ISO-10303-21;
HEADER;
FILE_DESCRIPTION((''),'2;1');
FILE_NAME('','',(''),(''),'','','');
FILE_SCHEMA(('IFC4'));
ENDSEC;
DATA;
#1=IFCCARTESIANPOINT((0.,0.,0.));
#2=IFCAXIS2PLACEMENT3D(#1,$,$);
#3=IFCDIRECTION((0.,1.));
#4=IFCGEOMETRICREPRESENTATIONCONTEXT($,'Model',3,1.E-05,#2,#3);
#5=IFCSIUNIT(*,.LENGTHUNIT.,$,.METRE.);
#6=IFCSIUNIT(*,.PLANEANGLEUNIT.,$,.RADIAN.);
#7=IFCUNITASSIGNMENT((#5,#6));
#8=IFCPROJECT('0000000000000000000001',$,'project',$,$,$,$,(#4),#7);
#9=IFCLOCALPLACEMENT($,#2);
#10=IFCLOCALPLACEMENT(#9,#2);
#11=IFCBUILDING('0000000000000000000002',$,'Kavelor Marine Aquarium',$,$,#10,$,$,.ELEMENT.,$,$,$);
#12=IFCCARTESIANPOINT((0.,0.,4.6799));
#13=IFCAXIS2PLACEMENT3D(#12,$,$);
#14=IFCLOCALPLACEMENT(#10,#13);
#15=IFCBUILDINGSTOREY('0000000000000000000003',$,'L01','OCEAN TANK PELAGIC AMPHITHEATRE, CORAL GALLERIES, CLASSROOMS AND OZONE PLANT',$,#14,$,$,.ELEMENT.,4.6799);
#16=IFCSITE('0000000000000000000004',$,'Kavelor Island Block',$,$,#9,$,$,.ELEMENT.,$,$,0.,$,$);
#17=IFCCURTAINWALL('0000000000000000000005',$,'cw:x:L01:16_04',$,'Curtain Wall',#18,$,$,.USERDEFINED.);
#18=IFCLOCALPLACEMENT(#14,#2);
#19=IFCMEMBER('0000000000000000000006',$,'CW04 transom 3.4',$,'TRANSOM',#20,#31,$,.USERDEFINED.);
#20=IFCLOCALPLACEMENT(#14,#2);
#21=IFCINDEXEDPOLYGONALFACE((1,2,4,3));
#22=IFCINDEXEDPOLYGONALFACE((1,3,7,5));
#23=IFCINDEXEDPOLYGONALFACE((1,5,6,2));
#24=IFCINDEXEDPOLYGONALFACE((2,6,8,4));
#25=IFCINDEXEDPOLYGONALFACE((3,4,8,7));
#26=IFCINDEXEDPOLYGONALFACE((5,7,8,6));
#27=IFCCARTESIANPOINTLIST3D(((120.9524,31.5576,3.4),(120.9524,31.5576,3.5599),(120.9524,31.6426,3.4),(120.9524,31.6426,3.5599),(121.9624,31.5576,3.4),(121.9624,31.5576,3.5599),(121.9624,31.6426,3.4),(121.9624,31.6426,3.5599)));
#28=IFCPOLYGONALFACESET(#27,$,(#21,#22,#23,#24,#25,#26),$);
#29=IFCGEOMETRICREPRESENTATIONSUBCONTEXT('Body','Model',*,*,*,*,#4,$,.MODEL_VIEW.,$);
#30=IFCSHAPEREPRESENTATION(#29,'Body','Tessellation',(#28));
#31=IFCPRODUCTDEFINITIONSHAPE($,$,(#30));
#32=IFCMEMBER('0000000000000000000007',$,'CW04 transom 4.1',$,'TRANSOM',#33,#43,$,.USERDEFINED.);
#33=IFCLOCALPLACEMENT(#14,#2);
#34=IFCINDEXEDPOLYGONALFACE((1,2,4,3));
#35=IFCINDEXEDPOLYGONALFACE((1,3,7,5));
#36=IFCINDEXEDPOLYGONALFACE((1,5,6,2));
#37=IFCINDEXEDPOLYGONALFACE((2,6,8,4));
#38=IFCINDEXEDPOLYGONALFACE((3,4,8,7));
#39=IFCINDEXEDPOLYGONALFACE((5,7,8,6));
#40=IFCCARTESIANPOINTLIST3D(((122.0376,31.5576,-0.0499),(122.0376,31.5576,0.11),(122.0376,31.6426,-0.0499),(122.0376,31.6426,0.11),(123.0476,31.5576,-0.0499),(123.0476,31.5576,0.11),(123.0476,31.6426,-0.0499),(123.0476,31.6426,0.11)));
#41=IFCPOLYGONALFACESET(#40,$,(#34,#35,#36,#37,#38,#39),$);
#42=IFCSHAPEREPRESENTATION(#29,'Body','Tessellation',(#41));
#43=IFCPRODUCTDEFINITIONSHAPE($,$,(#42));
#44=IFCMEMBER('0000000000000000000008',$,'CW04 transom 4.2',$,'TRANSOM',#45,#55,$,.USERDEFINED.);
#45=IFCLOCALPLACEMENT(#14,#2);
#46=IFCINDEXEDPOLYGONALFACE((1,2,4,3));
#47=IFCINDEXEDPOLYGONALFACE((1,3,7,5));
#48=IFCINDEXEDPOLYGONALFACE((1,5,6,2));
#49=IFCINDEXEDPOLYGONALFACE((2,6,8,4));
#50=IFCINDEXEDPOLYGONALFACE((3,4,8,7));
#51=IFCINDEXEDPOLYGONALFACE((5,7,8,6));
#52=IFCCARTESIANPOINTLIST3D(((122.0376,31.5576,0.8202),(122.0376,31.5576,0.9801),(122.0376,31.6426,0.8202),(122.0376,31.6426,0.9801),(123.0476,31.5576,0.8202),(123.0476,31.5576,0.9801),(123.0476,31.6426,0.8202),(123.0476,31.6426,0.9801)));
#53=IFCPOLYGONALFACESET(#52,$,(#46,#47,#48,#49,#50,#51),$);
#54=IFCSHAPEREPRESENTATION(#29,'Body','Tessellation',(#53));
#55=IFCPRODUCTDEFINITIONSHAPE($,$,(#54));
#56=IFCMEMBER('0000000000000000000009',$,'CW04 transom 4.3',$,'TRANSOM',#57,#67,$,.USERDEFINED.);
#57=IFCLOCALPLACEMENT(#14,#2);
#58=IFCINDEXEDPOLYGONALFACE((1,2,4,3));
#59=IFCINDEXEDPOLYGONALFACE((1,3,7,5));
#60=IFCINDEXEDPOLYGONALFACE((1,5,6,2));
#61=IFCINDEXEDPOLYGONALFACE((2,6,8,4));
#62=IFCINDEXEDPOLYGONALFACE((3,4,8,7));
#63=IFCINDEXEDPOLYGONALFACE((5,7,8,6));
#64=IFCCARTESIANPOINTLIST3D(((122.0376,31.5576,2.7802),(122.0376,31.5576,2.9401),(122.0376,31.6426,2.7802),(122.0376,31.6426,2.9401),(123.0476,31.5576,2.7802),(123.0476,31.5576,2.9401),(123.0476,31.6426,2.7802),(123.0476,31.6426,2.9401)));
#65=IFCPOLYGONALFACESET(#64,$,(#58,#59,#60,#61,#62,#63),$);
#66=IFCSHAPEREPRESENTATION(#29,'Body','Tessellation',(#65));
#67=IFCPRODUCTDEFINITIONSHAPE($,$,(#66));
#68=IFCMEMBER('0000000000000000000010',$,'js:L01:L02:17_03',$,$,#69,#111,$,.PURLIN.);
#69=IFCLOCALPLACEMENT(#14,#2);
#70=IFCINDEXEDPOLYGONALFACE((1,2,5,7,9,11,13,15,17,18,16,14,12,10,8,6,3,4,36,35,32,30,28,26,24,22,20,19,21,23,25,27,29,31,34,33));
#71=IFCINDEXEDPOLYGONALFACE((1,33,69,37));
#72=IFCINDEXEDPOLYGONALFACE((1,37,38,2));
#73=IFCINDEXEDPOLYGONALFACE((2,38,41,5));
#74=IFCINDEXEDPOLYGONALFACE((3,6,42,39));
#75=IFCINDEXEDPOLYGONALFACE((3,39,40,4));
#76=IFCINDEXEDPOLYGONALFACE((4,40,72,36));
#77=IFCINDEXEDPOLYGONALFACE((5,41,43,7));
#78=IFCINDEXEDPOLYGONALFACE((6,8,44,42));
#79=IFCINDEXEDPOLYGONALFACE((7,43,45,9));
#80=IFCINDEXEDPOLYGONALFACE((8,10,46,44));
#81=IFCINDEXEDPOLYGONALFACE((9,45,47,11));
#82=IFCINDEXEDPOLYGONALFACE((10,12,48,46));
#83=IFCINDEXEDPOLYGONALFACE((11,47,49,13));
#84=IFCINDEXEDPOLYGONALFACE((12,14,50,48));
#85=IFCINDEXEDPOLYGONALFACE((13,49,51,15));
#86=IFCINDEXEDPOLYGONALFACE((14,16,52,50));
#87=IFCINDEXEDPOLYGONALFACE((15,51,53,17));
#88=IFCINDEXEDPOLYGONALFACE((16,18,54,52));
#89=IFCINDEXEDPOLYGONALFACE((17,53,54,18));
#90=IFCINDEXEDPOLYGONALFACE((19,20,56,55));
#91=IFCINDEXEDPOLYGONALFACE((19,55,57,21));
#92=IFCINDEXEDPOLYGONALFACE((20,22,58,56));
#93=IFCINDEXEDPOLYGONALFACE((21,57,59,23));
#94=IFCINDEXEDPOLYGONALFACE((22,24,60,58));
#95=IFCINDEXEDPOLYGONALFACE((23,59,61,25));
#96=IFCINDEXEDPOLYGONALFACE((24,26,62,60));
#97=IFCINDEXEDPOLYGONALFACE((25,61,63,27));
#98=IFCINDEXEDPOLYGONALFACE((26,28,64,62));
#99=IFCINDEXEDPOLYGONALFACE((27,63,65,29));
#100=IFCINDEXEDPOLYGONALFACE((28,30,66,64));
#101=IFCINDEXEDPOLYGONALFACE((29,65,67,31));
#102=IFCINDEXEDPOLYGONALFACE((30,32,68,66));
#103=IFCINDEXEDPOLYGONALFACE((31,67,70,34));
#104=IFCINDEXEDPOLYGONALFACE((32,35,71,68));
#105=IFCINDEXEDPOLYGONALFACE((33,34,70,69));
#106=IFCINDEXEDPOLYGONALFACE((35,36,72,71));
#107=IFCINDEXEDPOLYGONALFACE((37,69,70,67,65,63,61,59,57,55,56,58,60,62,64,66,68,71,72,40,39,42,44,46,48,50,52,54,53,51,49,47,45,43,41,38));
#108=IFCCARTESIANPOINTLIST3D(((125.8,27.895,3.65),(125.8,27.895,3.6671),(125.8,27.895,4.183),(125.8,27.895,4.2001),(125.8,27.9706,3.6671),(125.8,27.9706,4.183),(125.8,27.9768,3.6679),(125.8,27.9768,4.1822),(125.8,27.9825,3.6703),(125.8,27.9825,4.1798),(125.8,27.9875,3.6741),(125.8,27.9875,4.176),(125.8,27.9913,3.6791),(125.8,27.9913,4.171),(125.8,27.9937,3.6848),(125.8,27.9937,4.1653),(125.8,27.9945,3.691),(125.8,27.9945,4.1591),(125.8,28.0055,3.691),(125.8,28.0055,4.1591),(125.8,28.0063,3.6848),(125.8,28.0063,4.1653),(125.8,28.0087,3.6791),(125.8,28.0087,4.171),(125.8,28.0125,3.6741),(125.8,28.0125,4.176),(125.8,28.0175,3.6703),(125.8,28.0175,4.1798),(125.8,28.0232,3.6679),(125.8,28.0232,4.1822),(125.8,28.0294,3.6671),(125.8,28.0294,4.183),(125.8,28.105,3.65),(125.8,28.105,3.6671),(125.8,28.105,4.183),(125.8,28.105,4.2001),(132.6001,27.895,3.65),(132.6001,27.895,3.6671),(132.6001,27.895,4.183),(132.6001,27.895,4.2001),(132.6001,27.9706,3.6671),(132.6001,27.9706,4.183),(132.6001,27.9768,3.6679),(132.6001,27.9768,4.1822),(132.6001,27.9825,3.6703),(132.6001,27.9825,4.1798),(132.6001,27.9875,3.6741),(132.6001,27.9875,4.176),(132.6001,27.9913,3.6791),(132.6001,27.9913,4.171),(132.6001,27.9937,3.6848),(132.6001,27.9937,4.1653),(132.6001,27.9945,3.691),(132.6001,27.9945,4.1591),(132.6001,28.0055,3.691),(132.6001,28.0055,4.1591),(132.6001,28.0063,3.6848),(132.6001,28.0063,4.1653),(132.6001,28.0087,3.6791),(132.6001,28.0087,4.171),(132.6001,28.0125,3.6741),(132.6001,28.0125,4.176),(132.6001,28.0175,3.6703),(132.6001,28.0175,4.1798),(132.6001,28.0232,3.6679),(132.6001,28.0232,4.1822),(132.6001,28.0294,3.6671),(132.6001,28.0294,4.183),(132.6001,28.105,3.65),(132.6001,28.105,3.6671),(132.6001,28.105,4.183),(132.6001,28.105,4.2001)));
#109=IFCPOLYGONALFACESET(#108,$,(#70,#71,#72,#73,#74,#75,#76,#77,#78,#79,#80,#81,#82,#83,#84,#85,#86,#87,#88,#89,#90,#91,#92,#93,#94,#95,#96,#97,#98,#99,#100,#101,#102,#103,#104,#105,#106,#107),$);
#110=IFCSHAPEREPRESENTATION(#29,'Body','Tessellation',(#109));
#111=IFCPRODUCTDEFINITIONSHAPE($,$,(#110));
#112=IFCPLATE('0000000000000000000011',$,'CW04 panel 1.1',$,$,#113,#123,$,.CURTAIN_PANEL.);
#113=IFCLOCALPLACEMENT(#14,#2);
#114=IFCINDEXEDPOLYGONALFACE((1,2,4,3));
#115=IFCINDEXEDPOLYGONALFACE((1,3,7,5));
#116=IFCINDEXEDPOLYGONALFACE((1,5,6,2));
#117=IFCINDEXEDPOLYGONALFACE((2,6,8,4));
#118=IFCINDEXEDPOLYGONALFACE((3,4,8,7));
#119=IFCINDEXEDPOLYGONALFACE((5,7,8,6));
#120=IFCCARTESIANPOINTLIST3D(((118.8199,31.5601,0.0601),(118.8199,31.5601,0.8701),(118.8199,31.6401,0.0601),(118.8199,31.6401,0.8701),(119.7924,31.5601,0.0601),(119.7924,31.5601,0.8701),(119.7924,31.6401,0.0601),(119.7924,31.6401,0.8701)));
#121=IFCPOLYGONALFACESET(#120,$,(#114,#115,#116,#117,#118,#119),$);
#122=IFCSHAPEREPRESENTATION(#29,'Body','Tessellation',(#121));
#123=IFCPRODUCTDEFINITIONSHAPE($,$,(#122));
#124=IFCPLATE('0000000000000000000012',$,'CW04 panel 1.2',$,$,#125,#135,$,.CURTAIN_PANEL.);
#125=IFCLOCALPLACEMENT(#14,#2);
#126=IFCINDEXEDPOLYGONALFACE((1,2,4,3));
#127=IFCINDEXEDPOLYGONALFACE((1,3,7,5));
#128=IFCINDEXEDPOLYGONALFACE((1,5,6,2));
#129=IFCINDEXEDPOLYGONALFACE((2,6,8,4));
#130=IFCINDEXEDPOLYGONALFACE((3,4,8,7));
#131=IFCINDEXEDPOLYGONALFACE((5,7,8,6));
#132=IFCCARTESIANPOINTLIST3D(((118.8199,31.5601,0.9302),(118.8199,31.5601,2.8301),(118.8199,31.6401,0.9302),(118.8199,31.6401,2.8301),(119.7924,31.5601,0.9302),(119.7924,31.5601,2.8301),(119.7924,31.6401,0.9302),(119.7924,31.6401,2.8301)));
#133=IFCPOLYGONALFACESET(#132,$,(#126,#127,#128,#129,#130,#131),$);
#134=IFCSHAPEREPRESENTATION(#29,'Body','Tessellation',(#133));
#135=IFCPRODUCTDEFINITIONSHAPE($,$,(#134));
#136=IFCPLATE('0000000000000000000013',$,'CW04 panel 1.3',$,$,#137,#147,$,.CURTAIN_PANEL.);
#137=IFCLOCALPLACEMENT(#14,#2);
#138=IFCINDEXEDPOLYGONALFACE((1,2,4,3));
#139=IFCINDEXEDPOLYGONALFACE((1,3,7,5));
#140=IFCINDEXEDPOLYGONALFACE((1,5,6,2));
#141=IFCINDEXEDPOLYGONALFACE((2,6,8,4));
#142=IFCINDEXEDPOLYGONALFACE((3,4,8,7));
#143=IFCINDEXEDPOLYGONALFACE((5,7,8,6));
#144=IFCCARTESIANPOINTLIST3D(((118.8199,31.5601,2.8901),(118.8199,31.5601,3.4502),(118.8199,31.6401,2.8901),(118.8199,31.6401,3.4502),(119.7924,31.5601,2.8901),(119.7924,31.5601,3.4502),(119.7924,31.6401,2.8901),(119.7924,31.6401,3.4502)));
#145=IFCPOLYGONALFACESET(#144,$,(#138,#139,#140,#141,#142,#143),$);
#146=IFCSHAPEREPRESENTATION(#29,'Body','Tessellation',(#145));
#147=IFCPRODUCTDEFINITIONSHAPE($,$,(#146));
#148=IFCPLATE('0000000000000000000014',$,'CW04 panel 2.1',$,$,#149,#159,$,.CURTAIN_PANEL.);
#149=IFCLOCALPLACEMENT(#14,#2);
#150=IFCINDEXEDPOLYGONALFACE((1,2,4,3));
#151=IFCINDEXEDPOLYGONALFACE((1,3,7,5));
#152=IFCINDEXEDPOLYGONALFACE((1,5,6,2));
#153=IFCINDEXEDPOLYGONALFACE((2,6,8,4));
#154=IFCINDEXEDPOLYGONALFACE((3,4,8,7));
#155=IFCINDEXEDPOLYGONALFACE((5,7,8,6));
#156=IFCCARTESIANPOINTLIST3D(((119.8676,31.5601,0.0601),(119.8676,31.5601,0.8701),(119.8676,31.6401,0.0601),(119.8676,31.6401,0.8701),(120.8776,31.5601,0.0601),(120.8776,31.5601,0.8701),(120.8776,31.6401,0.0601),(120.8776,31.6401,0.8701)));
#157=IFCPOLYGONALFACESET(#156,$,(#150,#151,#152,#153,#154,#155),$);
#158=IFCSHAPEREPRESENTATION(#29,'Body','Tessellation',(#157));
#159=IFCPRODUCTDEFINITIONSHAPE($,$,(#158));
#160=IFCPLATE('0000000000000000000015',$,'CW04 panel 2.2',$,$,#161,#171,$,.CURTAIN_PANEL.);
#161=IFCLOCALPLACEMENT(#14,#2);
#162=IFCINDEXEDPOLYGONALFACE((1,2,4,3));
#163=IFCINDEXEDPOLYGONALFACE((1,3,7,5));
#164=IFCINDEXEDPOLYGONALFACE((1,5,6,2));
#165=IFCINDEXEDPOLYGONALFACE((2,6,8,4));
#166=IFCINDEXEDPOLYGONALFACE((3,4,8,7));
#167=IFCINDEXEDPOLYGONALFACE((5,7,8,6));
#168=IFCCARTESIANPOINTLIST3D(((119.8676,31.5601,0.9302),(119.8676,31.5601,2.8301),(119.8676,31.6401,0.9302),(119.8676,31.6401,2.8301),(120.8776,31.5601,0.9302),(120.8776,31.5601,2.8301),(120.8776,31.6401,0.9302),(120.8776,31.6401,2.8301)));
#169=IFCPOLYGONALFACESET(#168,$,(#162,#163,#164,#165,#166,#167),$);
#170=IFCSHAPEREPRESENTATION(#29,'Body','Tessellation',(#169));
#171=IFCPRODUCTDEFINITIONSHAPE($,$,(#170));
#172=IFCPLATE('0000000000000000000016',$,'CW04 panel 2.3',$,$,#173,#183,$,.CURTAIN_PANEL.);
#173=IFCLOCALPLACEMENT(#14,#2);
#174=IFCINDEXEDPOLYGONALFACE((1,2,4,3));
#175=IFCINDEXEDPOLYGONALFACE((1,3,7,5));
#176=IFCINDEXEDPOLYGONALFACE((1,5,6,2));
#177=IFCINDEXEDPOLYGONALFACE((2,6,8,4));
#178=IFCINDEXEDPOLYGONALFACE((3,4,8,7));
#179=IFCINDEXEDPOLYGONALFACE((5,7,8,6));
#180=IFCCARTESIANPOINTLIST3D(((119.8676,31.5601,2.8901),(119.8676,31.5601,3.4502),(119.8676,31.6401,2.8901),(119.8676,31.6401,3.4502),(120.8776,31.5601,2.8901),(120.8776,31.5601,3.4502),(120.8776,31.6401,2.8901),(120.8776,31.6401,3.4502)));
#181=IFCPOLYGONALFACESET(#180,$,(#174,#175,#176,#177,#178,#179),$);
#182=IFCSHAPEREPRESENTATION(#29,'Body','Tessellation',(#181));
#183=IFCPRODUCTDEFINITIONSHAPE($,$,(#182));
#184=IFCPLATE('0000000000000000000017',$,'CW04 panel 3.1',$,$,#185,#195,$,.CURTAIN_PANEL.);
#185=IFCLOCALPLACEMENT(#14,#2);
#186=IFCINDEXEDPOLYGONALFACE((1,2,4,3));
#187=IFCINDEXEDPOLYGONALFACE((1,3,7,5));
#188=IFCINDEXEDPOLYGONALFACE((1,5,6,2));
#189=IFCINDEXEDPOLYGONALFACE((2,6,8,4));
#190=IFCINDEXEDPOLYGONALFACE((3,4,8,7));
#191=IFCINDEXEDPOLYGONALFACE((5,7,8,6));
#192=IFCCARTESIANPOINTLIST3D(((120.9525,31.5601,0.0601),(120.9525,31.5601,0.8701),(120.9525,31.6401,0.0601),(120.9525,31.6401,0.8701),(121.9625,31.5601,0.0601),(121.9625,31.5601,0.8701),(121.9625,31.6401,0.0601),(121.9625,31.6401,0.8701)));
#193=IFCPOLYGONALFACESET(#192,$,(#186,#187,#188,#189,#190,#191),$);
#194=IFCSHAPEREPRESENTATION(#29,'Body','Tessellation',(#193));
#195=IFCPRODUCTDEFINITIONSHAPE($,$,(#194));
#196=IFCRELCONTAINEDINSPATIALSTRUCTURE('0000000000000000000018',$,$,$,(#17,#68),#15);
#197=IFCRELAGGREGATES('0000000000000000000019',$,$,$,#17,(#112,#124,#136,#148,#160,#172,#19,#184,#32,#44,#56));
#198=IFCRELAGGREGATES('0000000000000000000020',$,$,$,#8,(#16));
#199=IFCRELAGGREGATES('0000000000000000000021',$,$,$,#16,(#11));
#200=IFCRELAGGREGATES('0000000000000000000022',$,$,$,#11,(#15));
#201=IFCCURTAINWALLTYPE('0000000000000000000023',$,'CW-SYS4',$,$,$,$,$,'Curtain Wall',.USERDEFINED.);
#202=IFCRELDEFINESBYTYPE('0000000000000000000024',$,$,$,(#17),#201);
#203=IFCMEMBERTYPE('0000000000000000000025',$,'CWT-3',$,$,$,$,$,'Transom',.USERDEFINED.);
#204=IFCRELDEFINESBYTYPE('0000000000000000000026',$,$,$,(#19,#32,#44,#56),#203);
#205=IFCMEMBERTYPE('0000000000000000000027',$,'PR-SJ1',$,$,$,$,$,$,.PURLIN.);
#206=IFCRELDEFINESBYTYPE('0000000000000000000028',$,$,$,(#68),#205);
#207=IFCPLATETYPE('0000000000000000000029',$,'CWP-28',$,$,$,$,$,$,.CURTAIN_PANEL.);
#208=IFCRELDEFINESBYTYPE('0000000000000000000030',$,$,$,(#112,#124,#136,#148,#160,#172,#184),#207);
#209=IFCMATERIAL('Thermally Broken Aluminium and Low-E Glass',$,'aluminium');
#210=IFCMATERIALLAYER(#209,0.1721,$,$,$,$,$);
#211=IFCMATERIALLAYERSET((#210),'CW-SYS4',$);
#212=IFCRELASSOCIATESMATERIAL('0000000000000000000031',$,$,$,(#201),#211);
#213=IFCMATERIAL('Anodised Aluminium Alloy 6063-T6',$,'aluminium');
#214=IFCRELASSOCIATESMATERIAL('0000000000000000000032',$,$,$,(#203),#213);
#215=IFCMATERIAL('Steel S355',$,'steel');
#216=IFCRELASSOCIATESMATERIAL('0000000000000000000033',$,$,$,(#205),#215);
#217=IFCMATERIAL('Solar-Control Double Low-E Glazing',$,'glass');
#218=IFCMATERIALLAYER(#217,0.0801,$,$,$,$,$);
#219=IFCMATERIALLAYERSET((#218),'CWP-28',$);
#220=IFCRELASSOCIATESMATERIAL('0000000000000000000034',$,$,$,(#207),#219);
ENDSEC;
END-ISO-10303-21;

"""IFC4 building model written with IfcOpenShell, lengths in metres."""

from ifc_helpers import new_model, si_unit, direction, frame, origin, origin_2d, place, context, subcontext, project, spatial, rectangle, i_section, extrude, material, layer, layer_set, material_profile, profile_set, type_object, element, aggregate, save


model = new_model("IFC4")

# Units and contexts
model_context = context("Model", 3, precision=1e-05, world=origin(), true_north=direction((0.0, 1.0)))
body_context = subcontext(model_context, "Body", "Model", "MODEL_VIEW")
ifc_project = project(units=[si_unit("LENGTHUNIT", "METRE"), si_unit("PLANEANGLEUNIT", "RADIAN")], contexts=[model_context])

# Site, building, storey
site_placement = place(None, origin())
site = spatial("IfcSite", under=ifc_project, at=site_placement, Name="Kavelor Island Block", CompositionType="ELEMENT", RefElevation=0.0)
building_placement = place(site_placement, origin())
building = spatial("IfcBuilding", under=site, at=building_placement, Name="Kavelor Marine Aquarium", CompositionType="ELEMENT")
storey_placement = place(building_placement, frame((0.0, 0.0, 4.6799)))
storey = spatial("IfcBuildingStorey", under=building, at=storey_placement, Name="L01", Description="OCEAN TANK PELAGIC AMPHITHEATRE, CORAL GALLERIES, CLASSROOMS AND OZONE PLANT", CompositionType="ELEMENT", Elevation=4.6799)

# Curtain wall, members
ifc_material_1 = material(Name="Thermally Broken Aluminium and Low-E Glass", Category="aluminium")
ifc_layer_1 = layer(ifc_material_1, 0.1721)
ifc_layer_set_1 = layer_set([ifc_layer_1], Name="CW-SYS4")
curtain_wall_type = type_object("IfcCurtainWallType", Name="CW-SYS4", ElementType="Curtain Wall", PredefinedType="USERDEFINED", material=ifc_layer_set_1)
curtain_wall_placement = place(storey_placement, origin())
curtain_wall = element("IfcCurtainWall", 1, at=curtain_wall_placement, inside=storey, type_object=curtain_wall_type, Name="cw:x:L01:16_04", ObjectType="Curtain Wall", PredefinedType="USERDEFINED")
ifc_material_2 = material(Name="Anodised Aluminium Alloy 6063-T6", Category="aluminium")
ifc_material_profile_1 = material_profile(ifc_material_2, rectangle(XDim=0.085, YDim=0.1599, at=origin_2d()), Name="CW-TRN 85x160")
ifc_profile_set_1 = profile_set([ifc_material_profile_1], Name="Anodised Aluminium Alloy 6063-T6")
member_type_1 = type_object("IfcMemberType", Name="CWT-3", ElementType="Transom", PredefinedType="USERDEFINED", material=ifc_profile_set_1)
member_1_placement = place(storey_placement, frame((120.9524, 31.6001, 3.48), z_axis=(1.0, 0.0, 0.0), x_axis=(0.0, 1.0, 0.0)))
member_1 = element("IfcMember", 2, at=member_1_placement, type_object=member_type_1, Name="CW04 transom 3.4", ObjectType="TRANSOM", PredefinedType="USERDEFINED", context=body_context, shape_type="SweptSolid", body=[
    extrude(rectangle(XDim=0.085, YDim=0.1599, at=origin_2d()), origin(), (0.0, 0.0, 1.0), 1.01),
])
member_2_placement = place(storey_placement, frame((122.0376, 31.6001, 0.03), z_axis=(1.0, 0.0, 0.0), x_axis=(0.0, 1.0, 0.0)))
member_2 = element("IfcMember", 3, at=member_2_placement, type_object=member_type_1, Name="CW04 transom 4.1", ObjectType="TRANSOM", PredefinedType="USERDEFINED", context=body_context, shape_type="SweptSolid", body=[
    extrude(rectangle(XDim=0.085, YDim=0.1599, at=origin_2d()), origin(), (0.0, 0.0, 1.0), 1.01),
])
member_3_placement = place(storey_placement, frame((122.0376, 31.6001, 0.9001), z_axis=(1.0, 0.0, 0.0), x_axis=(0.0, 1.0, 0.0)))
member_3 = element("IfcMember", 4, at=member_3_placement, type_object=member_type_1, Name="CW04 transom 4.2", ObjectType="TRANSOM", PredefinedType="USERDEFINED", context=body_context, shape_type="SweptSolid", body=[
    extrude(rectangle(XDim=0.085, YDim=0.1599, at=origin_2d()), origin(), (0.0, 0.0, 1.0), 1.01),
])
member_4_placement = place(storey_placement, frame((122.0376, 31.6001, 2.8601), z_axis=(1.0, 0.0, 0.0), x_axis=(0.0, 1.0, 0.0)))
member_4 = element("IfcMember", 5, at=member_4_placement, type_object=member_type_1, Name="CW04 transom 4.3", ObjectType="TRANSOM", PredefinedType="USERDEFINED", context=body_context, shape_type="SweptSolid", body=[
    extrude(rectangle(XDim=0.085, YDim=0.1599, at=origin_2d()), origin(), (0.0, 0.0, 1.0), 1.01),
])

# Member
ifc_material_3 = material(Name="Steel S355", Category="steel")
ifc_material_profile_2 = material_profile(ifc_material_3, i_section(OverallWidth=0.21, OverallDepth=0.55, WebThickness=0.011, FlangeThickness=0.0171, FilletRadius=0.0239, at=origin_2d()), Name="IPE 550")
ifc_profile_set_2 = profile_set([ifc_material_profile_2], Name="Steel S355")
member_type_2 = type_object("IfcMemberType", Name="PR-SJ1", PredefinedType="PURLIN", material=ifc_profile_set_2)
member_5_placement = place(storey_placement, frame((125.8, 28.0, 3.925), z_axis=(1.0, 0.0, 0.0), x_axis=(0.0, 1.0, 0.0)))
element("IfcMember", 6, at=member_5_placement, inside=storey, type_object=member_type_2, Name="js:L01:L02:17_03", PredefinedType="PURLIN", context=body_context, shape_type="SweptSolid", body=[
    extrude(i_section(OverallWidth=0.21, OverallDepth=0.55, WebThickness=0.011, FlangeThickness=0.0171, FilletRadius=0.0239, at=origin_2d()), origin(), (0.0, 0.0, 1.0), 6.8),
])

# Plates
ifc_material_4 = material(Name="Solar-Control Double Low-E Glazing", Category="glass")
ifc_layer_2 = layer(ifc_material_4, 0.0801)
ifc_layer_set_2 = layer_set([ifc_layer_2], Name="CWP-28")
plate_type = type_object("IfcPlateType", Name="CWP-28", PredefinedType="CURTAIN_PANEL", material=ifc_layer_set_2)
plate_1_placement = place(storey_placement, frame((119.3062, 31.6001, 0.0601), z_axis=(0.0, 0.0, 1.0), x_axis=(1.0, 0.0, 0.0)))
plate_1 = element("IfcPlate", 7, at=plate_1_placement, type_object=plate_type, Name="CW04 panel 1.1", PredefinedType="CURTAIN_PANEL", context=body_context, shape_type="SweptSolid", body=[
    extrude(rectangle(XDim=0.9724, YDim=0.0801, at=origin_2d()), origin(), (0.0, 0.0, 1.0), 0.8101),
])
plate_2_placement = place(storey_placement, frame((119.3062, 31.6001, 0.9302), z_axis=(0.0, 0.0, 1.0), x_axis=(1.0, 0.0, 0.0)))
plate_2 = element("IfcPlate", 8, at=plate_2_placement, type_object=plate_type, Name="CW04 panel 1.2", PredefinedType="CURTAIN_PANEL", context=body_context, shape_type="SweptSolid", body=[
    extrude(rectangle(XDim=0.9724, YDim=0.0801, at=origin_2d()), origin(), (0.0, 0.0, 1.0), 1.8999),
])
plate_3_placement = place(storey_placement, frame((119.3062, 31.6001, 2.8901), z_axis=(0.0, 0.0, 1.0), x_axis=(1.0, 0.0, 0.0)))
plate_3 = element("IfcPlate", 9, at=plate_3_placement, type_object=plate_type, Name="CW04 panel 1.3", PredefinedType="CURTAIN_PANEL", context=body_context, shape_type="SweptSolid", body=[
    extrude(rectangle(XDim=0.9724, YDim=0.0801, at=origin_2d()), origin(), (0.0, 0.0, 1.0), 0.5601),
])
plate_4_placement = place(storey_placement, frame((120.3726, 31.6001, 0.0601), z_axis=(0.0, 0.0, 1.0), x_axis=(1.0, 0.0, 0.0)))
plate_4 = element("IfcPlate", 10, at=plate_4_placement, type_object=plate_type, Name="CW04 panel 2.1", PredefinedType="CURTAIN_PANEL", context=body_context, shape_type="SweptSolid", body=[
    extrude(rectangle(XDim=1.01, YDim=0.0801, at=origin_2d()), origin(), (0.0, 0.0, 1.0), 0.8101),
])
plate_5_placement = place(storey_placement, frame((120.3726, 31.6001, 0.9302), z_axis=(0.0, 0.0, 1.0), x_axis=(1.0, 0.0, 0.0)))
plate_5 = element("IfcPlate", 11, at=plate_5_placement, type_object=plate_type, Name="CW04 panel 2.2", PredefinedType="CURTAIN_PANEL", context=body_context, shape_type="SweptSolid", body=[
    extrude(rectangle(XDim=1.01, YDim=0.0801, at=origin_2d()), origin(), (0.0, 0.0, 1.0), 1.8999),
])
plate_6_placement = place(storey_placement, frame((120.3726, 31.6001, 2.8901), z_axis=(0.0, 0.0, 1.0), x_axis=(1.0, 0.0, 0.0)))
plate_6 = element("IfcPlate", 12, at=plate_6_placement, type_object=plate_type, Name="CW04 panel 2.3", PredefinedType="CURTAIN_PANEL", context=body_context, shape_type="SweptSolid", body=[
    extrude(rectangle(XDim=1.01, YDim=0.0801, at=origin_2d()), origin(), (0.0, 0.0, 1.0), 0.5601),
])
plate_7_placement = place(storey_placement, frame((121.4575, 31.6001, 0.0601), z_axis=(0.0, 0.0, 1.0), x_axis=(1.0, 0.0, 0.0)))
plate_7 = element("IfcPlate", 13, at=plate_7_placement, type_object=plate_type, Name="CW04 panel 3.1", PredefinedType="CURTAIN_PANEL", context=body_context, shape_type="SweptSolid", body=[
    extrude(rectangle(XDim=1.01, YDim=0.0801, at=origin_2d()), origin(), (0.0, 0.0, 1.0), 0.8101),
])
aggregate(curtain_wall, [plate_1, plate_2, plate_3, plate_4, plate_5, plate_6, member_1, plate_7, member_2, member_3, member_4])

save(model, "model.ifc")
